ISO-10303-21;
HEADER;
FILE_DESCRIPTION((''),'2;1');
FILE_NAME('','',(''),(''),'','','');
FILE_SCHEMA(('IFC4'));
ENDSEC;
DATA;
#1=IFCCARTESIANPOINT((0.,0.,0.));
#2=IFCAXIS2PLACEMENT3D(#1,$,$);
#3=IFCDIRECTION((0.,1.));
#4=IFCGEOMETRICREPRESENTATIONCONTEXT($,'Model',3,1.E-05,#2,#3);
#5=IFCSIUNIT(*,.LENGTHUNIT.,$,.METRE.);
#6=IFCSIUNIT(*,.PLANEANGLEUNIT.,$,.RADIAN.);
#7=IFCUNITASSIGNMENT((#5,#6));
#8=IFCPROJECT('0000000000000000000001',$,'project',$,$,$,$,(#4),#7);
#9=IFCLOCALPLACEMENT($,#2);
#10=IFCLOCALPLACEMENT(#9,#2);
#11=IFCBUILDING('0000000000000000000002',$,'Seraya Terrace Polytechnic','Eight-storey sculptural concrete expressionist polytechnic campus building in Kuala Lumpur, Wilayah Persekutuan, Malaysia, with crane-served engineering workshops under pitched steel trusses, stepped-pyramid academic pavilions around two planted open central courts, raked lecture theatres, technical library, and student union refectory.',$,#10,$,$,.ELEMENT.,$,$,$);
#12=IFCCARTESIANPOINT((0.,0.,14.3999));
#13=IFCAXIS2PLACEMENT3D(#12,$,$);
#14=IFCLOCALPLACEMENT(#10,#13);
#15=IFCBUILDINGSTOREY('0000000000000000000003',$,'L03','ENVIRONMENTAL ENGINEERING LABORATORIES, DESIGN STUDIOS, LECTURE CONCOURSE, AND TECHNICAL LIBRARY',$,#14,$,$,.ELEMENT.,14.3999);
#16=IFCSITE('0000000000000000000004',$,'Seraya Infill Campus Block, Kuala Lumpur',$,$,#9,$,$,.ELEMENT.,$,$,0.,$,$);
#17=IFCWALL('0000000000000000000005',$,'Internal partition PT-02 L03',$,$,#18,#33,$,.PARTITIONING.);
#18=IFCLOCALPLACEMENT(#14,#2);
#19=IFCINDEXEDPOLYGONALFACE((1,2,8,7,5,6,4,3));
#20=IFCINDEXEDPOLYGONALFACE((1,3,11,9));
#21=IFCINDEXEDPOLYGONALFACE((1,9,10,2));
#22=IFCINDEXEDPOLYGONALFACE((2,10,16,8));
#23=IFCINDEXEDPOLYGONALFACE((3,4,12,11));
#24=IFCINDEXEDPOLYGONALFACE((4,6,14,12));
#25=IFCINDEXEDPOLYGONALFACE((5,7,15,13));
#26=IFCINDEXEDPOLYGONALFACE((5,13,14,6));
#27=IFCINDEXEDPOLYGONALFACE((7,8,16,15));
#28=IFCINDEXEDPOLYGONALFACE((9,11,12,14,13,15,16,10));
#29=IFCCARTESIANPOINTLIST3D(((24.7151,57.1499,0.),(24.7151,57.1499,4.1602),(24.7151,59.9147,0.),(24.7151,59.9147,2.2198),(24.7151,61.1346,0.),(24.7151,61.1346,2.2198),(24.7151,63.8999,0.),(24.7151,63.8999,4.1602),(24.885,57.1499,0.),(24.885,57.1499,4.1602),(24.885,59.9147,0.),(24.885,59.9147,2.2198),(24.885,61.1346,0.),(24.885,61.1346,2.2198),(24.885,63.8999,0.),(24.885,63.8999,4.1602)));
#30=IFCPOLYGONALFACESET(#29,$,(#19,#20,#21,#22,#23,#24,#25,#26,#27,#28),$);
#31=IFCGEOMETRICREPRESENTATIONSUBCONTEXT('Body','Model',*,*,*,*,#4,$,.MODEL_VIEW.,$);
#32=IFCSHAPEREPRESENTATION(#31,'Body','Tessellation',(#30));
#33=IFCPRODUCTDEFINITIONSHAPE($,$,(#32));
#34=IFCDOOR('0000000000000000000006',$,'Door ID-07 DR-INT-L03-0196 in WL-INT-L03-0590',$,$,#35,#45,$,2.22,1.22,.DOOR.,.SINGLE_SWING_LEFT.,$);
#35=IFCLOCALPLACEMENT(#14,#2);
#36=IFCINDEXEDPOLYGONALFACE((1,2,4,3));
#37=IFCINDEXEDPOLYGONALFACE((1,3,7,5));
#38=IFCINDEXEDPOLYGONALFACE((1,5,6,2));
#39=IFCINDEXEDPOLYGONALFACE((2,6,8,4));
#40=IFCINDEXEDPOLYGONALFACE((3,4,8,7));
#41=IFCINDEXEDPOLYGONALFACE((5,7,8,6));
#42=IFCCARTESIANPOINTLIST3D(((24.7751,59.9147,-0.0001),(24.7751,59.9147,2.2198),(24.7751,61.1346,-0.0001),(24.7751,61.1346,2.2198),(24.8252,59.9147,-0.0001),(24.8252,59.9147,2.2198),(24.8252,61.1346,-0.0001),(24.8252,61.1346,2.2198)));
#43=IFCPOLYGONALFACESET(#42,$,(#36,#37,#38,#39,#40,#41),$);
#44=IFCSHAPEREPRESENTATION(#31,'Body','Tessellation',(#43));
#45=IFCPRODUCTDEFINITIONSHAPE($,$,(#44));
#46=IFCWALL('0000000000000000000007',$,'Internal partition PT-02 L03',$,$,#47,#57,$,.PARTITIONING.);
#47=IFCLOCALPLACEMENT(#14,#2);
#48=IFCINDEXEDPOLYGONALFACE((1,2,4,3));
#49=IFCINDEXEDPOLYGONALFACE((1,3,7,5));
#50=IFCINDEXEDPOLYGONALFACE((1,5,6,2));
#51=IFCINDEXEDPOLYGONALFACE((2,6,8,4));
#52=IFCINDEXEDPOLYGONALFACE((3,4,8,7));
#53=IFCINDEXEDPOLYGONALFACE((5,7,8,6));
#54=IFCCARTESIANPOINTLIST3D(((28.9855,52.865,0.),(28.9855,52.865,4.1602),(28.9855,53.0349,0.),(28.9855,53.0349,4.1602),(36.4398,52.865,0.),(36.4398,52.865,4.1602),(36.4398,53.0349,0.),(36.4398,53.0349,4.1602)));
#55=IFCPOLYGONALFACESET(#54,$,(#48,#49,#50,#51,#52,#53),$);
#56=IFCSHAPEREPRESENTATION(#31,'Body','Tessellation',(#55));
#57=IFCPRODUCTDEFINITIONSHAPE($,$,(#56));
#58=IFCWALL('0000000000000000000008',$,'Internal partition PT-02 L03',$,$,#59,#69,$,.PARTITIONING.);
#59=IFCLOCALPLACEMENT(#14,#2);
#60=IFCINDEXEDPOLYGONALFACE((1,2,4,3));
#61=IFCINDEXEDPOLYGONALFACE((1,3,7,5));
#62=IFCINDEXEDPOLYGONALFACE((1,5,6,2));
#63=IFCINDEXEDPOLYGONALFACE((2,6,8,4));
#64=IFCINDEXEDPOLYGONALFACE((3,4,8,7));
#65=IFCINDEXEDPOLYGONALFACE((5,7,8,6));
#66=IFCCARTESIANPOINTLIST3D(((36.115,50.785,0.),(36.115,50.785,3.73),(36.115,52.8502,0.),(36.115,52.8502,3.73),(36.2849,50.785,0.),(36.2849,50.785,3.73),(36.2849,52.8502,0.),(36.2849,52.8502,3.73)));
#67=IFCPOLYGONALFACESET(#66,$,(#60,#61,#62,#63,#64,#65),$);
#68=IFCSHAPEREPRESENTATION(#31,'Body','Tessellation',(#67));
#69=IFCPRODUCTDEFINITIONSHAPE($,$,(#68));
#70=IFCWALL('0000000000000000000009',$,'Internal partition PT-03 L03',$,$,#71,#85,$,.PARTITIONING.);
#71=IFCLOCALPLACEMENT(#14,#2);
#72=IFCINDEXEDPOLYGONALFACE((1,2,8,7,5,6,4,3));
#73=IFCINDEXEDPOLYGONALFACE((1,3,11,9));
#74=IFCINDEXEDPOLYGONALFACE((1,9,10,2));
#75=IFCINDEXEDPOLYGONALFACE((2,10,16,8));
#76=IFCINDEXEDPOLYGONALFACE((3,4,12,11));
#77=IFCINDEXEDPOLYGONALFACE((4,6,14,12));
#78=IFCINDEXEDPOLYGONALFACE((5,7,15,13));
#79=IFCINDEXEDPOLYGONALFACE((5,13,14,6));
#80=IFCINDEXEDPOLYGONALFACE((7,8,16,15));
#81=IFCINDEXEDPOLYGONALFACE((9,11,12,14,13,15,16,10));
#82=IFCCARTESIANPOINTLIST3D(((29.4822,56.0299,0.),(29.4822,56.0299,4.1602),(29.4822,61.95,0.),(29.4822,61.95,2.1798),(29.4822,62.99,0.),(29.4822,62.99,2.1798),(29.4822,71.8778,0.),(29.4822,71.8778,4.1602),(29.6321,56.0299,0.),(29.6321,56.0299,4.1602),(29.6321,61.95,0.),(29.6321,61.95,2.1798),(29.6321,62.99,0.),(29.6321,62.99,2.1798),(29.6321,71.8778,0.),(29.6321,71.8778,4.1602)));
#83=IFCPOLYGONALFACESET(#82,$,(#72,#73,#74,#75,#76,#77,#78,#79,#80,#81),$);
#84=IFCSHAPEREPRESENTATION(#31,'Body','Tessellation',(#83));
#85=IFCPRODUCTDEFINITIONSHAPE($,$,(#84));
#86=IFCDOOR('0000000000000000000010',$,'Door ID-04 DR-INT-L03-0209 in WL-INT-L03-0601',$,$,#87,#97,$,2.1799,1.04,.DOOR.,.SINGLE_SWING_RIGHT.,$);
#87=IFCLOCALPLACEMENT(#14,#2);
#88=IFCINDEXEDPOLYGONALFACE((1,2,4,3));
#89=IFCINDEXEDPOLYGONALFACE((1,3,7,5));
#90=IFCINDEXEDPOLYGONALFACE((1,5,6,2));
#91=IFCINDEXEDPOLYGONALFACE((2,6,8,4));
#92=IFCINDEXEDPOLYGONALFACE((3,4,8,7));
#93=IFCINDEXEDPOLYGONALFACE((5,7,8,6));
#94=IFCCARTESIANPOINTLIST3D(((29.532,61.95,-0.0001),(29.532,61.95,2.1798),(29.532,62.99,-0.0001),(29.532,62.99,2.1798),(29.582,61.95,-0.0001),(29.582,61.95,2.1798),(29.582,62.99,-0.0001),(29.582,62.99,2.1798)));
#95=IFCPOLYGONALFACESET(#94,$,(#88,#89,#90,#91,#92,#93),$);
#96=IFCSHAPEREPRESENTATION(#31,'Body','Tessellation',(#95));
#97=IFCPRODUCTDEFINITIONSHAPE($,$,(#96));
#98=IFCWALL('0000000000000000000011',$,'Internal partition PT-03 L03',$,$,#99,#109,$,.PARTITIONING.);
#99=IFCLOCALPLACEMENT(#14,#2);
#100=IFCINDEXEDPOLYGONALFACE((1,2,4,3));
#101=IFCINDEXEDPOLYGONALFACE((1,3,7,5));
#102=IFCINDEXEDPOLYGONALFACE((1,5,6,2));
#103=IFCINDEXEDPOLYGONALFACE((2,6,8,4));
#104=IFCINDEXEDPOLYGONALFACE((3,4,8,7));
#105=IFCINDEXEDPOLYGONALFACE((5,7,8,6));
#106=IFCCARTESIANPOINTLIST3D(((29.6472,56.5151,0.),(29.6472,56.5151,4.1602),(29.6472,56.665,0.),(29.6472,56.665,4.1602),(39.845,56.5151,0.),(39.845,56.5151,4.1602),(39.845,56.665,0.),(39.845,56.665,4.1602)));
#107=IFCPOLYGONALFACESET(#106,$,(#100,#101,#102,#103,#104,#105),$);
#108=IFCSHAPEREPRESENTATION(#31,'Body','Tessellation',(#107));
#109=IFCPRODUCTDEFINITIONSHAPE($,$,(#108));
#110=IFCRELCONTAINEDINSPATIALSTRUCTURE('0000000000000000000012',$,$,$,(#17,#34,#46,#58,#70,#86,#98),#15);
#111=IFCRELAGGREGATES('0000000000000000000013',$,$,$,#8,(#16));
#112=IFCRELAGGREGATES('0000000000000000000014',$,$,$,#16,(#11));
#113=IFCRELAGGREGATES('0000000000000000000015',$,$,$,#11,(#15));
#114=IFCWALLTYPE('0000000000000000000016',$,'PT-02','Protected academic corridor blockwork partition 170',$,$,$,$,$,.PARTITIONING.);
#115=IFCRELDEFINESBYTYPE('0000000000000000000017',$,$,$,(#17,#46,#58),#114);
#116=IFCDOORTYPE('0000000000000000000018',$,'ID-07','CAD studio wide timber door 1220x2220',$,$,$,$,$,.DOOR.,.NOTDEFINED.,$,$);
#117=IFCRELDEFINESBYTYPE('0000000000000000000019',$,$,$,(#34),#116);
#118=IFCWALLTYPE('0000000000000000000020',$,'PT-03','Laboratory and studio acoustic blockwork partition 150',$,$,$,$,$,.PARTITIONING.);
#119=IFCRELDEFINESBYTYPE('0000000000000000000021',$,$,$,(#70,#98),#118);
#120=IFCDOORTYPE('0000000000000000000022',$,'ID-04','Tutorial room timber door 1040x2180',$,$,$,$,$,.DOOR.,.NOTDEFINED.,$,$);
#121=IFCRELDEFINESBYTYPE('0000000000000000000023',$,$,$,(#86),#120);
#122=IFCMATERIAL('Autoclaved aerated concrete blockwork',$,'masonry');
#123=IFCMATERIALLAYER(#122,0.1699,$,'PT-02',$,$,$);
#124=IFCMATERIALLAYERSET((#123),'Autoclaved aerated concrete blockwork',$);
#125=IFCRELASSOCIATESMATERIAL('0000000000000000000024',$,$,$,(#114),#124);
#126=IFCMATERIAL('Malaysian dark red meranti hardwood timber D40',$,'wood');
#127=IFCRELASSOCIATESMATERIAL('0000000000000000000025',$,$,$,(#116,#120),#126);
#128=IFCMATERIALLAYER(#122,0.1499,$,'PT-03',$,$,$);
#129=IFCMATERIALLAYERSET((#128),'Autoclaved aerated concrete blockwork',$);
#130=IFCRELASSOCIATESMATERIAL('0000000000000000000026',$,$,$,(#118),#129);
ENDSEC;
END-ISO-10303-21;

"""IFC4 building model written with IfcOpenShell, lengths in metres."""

from ifc_helpers import new_model, si_unit, direction, frame, frame_2d, origin, place, context, subcontext, project, spatial, rectangle, extrude, material, layer, layer_set, type_object, element, fill, save


model = new_model("IFC4")

# Units and contexts
model_context = context("Model", 3, precision=1e-05, world=origin(), true_north=direction((0.0, 1.0)))
body_context = subcontext(model_context, "Body", "Model", "MODEL_VIEW")
ifc_project = project(units=[si_unit("LENGTHUNIT", "METRE"), si_unit("PLANEANGLEUNIT", "RADIAN")], contexts=[model_context])

# Site, building, storey
site_placement = place(None, origin())
site = spatial("IfcSite", under=ifc_project, at=site_placement, Name="Seraya Infill Campus Block, Kuala Lumpur", CompositionType="ELEMENT", RefElevation=0.0)
building_placement = place(site_placement, origin())
building = spatial("IfcBuilding", under=site, at=building_placement, Name="Seraya Terrace Polytechnic", Description="Eight-storey sculptural concrete expressionist polytechnic campus building in Kuala Lumpur, Wilayah Persekutuan, Malaysia, with crane-served engineering workshops under pitched steel trusses, stepped-pyramid academic pavilions around two planted open central courts, raked lecture theatres, technical library, and student union refectory.", CompositionType="ELEMENT")
storey_placement = place(building_placement, frame((0.0, 0.0, 14.3999)))
storey = spatial("IfcBuildingStorey", under=building, at=storey_placement, Name="L03", Description="ENVIRONMENTAL ENGINEERING LABORATORIES, DESIGN STUDIOS, LECTURE CONCOURSE, AND TECHNICAL LIBRARY", CompositionType="ELEMENT", Elevation=14.3999)

# Shared definitions
ifc_material_1 = material(Name="Autoclaved aerated concrete blockwork", Category="masonry")
ifc_layer_1 = layer(ifc_material_1, 0.1699, Name="PT-02")
ifc_layer_set_1 = layer_set([ifc_layer_1], Name="Autoclaved aerated concrete blockwork")
wall_type_1 = type_object("IfcWallType", Name="PT-02", Description="Protected academic corridor blockwork partition 170", PredefinedType="PARTITIONING", material=ifc_layer_set_1)

# Wall, opening, door
wall_1_placement = place(storey_placement, frame((24.8, 57.1499, 0.0), z_axis=(0.0, 0.0, 1.0), x_axis=(0.0, 1.0, 0.0)))
wall_1 = element("IfcWall", 1, at=wall_1_placement, inside=storey, type_object=wall_type_1, Name="Internal partition PT-02 L03", PredefinedType="PARTITIONING", context=body_context, shape_type="SweptSolid", body=[
    extrude(rectangle(XDim=6.75, YDim=0.1699, at=frame_2d((3.375, 0.0))), origin(), (0.0, 0.0, 1.0), 4.1602),
])
opening_1_placement = place(wall_1_placement, frame((2.7649, 0.0, 0.0)))
opening_1 = element("IfcOpeningElement", 2, at=opening_1_placement, cuts=wall_1, PredefinedType="OPENING", context=body_context, shape_type="SweptSolid", body=[
    extrude(rectangle(XDim=1.22, YDim=2.22, at=frame_2d((0.6099, 1.1099))), frame((0.0, 0.0969, 0.0), z_axis=(0.0, -1.0, 0.0), x_axis=(1.0, 0.0, 0.0)), (0.0, 0.0, 1.0), 0.1938),
])
ifc_material_2 = material(Name="Malaysian dark red meranti hardwood timber D40", Category="wood")
door_type_1 = type_object("IfcDoorType", Name="ID-07", Description="CAD studio wide timber door 1220x2220", OperationType="NOTDEFINED", PredefinedType="DOOR", material=ifc_material_2)
door_1_placement = place(opening_1_placement, origin())
door_1 = element("IfcDoor", 3, at=door_1_placement, inside=storey, type_object=door_type_1, Name="Door ID-07 DR-INT-L03-0196 in WL-INT-L03-0590", OperationType="SINGLE_SWING_LEFT", OverallHeight=2.22, OverallWidth=1.22, PredefinedType="DOOR", context=body_context, shape_type="SweptSolid", body=[
    extrude(rectangle(XDim=1.22, YDim=2.22, at=frame_2d((0.6099, 1.1099))), frame((0.0, 0.0249, 0.0), z_axis=(0.0, -1.0, 0.0), x_axis=(1.0, 0.0, 0.0)), (0.0, 0.0, 1.0), 0.05),
])
fill(opening_1, door_1)

# Walls
wall_2_placement = place(storey_placement, frame((28.9856, 52.95, 0.0), z_axis=(0.0, 0.0, 1.0), x_axis=(1.0, 0.0, 0.0)))
element("IfcWall", 4, at=wall_2_placement, inside=storey, type_object=wall_type_1, Name="Internal partition PT-02 L03", PredefinedType="PARTITIONING", context=body_context, shape_type="SweptSolid", body=[
    extrude(rectangle(XDim=7.4543, YDim=0.1699, at=frame_2d((3.7271, 0.0))), origin(), (0.0, 0.0, 1.0), 4.1602),
])
wall_3_placement = place(storey_placement, frame((36.2, 50.7849, 0.0), z_axis=(0.0, 0.0, 1.0), x_axis=(0.0, 1.0, 0.0)))
element("IfcWall", 5, at=wall_3_placement, inside=storey, type_object=wall_type_1, Name="Internal partition PT-02 L03", PredefinedType="PARTITIONING", context=body_context, shape_type="SweptSolid", body=[
    extrude(rectangle(XDim=2.0652, YDim=0.1699, at=frame_2d((1.0327, 0.0))), origin(), (0.0, 0.0, 1.0), 3.73),
])

# Wall, opening, door
ifc_layer_2 = layer(ifc_material_1, 0.1499, Name="PT-03")
ifc_layer_set_2 = layer_set([ifc_layer_2], Name="Autoclaved aerated concrete blockwork")
wall_type_2 = type_object("IfcWallType", Name="PT-03", Description="Laboratory and studio acoustic blockwork partition 150", PredefinedType="PARTITIONING", material=ifc_layer_set_2)
wall_4_placement = place(storey_placement, frame((29.5571, 56.03, 0.0), z_axis=(0.0, 0.0, 1.0), x_axis=(0.0, 1.0, 0.0)))
wall_4 = element("IfcWall", 6, at=wall_4_placement, inside=storey, type_object=wall_type_2, Name="Internal partition PT-03 L03", PredefinedType="PARTITIONING", context=body_context, shape_type="SweptSolid", body=[
    extrude(rectangle(XDim=15.8479, YDim=0.1499, at=frame_2d((7.9238, 0.0))), origin(), (0.0, 0.0, 1.0), 4.1602),
])
opening_2_placement = place(wall_4_placement, frame((5.9199, 0.0, 0.0)))
opening_2 = element("IfcOpeningElement", 7, at=opening_2_placement, cuts=wall_4, PredefinedType="OPENING", context=body_context, shape_type="SweptSolid", body=[
    extrude(rectangle(XDim=1.04, YDim=2.1799, at=frame_2d((0.52, 1.0898))), frame((0.0, 0.0869, 0.0), z_axis=(0.0, -1.0, 0.0), x_axis=(1.0, 0.0, 0.0)), (0.0, 0.0, 1.0), 0.1738),
])
door_type_2 = type_object("IfcDoorType", Name="ID-04", Description="Tutorial room timber door 1040x2180", OperationType="NOTDEFINED", PredefinedType="DOOR", material=ifc_material_2)
door_2_placement = place(opening_2_placement, frame((1.04, 0.0, 0.0), z_axis=(0.0, 0.0, 1.0), x_axis=(-1.0, 0.0, 0.0)))
door_2 = element("IfcDoor", 8, at=door_2_placement, inside=storey, type_object=door_type_2, Name="Door ID-04 DR-INT-L03-0209 in WL-INT-L03-0601", OperationType="SINGLE_SWING_RIGHT", OverallHeight=2.1799, OverallWidth=1.04, PredefinedType="DOOR", context=body_context, shape_type="SweptSolid", body=[
    extrude(rectangle(XDim=1.04, YDim=2.1799, at=frame_2d((0.52, 1.0898))), frame((0.0, 0.0249, 0.0), z_axis=(0.0, -1.0, 0.0), x_axis=(1.0, 0.0, 0.0)), (0.0, 0.0, 1.0), 0.05),
])
fill(opening_2, door_2)

# Wall
wall_5_placement = place(storey_placement, frame((29.6472, 56.5901, 0.0), z_axis=(0.0, 0.0, 1.0), x_axis=(1.0, 0.0, 0.0)))
element("IfcWall", 9, at=wall_5_placement, inside=storey, type_object=wall_type_2, Name="Internal partition PT-03 L03", PredefinedType="PARTITIONING", context=body_context, shape_type="SweptSolid", body=[
    extrude(rectangle(XDim=10.1978, YDim=0.1499, at=frame_2d((5.0989, 0.0))), origin(), (0.0, 0.0, 1.0), 4.1602),
])

save(model, "model.ifc")
